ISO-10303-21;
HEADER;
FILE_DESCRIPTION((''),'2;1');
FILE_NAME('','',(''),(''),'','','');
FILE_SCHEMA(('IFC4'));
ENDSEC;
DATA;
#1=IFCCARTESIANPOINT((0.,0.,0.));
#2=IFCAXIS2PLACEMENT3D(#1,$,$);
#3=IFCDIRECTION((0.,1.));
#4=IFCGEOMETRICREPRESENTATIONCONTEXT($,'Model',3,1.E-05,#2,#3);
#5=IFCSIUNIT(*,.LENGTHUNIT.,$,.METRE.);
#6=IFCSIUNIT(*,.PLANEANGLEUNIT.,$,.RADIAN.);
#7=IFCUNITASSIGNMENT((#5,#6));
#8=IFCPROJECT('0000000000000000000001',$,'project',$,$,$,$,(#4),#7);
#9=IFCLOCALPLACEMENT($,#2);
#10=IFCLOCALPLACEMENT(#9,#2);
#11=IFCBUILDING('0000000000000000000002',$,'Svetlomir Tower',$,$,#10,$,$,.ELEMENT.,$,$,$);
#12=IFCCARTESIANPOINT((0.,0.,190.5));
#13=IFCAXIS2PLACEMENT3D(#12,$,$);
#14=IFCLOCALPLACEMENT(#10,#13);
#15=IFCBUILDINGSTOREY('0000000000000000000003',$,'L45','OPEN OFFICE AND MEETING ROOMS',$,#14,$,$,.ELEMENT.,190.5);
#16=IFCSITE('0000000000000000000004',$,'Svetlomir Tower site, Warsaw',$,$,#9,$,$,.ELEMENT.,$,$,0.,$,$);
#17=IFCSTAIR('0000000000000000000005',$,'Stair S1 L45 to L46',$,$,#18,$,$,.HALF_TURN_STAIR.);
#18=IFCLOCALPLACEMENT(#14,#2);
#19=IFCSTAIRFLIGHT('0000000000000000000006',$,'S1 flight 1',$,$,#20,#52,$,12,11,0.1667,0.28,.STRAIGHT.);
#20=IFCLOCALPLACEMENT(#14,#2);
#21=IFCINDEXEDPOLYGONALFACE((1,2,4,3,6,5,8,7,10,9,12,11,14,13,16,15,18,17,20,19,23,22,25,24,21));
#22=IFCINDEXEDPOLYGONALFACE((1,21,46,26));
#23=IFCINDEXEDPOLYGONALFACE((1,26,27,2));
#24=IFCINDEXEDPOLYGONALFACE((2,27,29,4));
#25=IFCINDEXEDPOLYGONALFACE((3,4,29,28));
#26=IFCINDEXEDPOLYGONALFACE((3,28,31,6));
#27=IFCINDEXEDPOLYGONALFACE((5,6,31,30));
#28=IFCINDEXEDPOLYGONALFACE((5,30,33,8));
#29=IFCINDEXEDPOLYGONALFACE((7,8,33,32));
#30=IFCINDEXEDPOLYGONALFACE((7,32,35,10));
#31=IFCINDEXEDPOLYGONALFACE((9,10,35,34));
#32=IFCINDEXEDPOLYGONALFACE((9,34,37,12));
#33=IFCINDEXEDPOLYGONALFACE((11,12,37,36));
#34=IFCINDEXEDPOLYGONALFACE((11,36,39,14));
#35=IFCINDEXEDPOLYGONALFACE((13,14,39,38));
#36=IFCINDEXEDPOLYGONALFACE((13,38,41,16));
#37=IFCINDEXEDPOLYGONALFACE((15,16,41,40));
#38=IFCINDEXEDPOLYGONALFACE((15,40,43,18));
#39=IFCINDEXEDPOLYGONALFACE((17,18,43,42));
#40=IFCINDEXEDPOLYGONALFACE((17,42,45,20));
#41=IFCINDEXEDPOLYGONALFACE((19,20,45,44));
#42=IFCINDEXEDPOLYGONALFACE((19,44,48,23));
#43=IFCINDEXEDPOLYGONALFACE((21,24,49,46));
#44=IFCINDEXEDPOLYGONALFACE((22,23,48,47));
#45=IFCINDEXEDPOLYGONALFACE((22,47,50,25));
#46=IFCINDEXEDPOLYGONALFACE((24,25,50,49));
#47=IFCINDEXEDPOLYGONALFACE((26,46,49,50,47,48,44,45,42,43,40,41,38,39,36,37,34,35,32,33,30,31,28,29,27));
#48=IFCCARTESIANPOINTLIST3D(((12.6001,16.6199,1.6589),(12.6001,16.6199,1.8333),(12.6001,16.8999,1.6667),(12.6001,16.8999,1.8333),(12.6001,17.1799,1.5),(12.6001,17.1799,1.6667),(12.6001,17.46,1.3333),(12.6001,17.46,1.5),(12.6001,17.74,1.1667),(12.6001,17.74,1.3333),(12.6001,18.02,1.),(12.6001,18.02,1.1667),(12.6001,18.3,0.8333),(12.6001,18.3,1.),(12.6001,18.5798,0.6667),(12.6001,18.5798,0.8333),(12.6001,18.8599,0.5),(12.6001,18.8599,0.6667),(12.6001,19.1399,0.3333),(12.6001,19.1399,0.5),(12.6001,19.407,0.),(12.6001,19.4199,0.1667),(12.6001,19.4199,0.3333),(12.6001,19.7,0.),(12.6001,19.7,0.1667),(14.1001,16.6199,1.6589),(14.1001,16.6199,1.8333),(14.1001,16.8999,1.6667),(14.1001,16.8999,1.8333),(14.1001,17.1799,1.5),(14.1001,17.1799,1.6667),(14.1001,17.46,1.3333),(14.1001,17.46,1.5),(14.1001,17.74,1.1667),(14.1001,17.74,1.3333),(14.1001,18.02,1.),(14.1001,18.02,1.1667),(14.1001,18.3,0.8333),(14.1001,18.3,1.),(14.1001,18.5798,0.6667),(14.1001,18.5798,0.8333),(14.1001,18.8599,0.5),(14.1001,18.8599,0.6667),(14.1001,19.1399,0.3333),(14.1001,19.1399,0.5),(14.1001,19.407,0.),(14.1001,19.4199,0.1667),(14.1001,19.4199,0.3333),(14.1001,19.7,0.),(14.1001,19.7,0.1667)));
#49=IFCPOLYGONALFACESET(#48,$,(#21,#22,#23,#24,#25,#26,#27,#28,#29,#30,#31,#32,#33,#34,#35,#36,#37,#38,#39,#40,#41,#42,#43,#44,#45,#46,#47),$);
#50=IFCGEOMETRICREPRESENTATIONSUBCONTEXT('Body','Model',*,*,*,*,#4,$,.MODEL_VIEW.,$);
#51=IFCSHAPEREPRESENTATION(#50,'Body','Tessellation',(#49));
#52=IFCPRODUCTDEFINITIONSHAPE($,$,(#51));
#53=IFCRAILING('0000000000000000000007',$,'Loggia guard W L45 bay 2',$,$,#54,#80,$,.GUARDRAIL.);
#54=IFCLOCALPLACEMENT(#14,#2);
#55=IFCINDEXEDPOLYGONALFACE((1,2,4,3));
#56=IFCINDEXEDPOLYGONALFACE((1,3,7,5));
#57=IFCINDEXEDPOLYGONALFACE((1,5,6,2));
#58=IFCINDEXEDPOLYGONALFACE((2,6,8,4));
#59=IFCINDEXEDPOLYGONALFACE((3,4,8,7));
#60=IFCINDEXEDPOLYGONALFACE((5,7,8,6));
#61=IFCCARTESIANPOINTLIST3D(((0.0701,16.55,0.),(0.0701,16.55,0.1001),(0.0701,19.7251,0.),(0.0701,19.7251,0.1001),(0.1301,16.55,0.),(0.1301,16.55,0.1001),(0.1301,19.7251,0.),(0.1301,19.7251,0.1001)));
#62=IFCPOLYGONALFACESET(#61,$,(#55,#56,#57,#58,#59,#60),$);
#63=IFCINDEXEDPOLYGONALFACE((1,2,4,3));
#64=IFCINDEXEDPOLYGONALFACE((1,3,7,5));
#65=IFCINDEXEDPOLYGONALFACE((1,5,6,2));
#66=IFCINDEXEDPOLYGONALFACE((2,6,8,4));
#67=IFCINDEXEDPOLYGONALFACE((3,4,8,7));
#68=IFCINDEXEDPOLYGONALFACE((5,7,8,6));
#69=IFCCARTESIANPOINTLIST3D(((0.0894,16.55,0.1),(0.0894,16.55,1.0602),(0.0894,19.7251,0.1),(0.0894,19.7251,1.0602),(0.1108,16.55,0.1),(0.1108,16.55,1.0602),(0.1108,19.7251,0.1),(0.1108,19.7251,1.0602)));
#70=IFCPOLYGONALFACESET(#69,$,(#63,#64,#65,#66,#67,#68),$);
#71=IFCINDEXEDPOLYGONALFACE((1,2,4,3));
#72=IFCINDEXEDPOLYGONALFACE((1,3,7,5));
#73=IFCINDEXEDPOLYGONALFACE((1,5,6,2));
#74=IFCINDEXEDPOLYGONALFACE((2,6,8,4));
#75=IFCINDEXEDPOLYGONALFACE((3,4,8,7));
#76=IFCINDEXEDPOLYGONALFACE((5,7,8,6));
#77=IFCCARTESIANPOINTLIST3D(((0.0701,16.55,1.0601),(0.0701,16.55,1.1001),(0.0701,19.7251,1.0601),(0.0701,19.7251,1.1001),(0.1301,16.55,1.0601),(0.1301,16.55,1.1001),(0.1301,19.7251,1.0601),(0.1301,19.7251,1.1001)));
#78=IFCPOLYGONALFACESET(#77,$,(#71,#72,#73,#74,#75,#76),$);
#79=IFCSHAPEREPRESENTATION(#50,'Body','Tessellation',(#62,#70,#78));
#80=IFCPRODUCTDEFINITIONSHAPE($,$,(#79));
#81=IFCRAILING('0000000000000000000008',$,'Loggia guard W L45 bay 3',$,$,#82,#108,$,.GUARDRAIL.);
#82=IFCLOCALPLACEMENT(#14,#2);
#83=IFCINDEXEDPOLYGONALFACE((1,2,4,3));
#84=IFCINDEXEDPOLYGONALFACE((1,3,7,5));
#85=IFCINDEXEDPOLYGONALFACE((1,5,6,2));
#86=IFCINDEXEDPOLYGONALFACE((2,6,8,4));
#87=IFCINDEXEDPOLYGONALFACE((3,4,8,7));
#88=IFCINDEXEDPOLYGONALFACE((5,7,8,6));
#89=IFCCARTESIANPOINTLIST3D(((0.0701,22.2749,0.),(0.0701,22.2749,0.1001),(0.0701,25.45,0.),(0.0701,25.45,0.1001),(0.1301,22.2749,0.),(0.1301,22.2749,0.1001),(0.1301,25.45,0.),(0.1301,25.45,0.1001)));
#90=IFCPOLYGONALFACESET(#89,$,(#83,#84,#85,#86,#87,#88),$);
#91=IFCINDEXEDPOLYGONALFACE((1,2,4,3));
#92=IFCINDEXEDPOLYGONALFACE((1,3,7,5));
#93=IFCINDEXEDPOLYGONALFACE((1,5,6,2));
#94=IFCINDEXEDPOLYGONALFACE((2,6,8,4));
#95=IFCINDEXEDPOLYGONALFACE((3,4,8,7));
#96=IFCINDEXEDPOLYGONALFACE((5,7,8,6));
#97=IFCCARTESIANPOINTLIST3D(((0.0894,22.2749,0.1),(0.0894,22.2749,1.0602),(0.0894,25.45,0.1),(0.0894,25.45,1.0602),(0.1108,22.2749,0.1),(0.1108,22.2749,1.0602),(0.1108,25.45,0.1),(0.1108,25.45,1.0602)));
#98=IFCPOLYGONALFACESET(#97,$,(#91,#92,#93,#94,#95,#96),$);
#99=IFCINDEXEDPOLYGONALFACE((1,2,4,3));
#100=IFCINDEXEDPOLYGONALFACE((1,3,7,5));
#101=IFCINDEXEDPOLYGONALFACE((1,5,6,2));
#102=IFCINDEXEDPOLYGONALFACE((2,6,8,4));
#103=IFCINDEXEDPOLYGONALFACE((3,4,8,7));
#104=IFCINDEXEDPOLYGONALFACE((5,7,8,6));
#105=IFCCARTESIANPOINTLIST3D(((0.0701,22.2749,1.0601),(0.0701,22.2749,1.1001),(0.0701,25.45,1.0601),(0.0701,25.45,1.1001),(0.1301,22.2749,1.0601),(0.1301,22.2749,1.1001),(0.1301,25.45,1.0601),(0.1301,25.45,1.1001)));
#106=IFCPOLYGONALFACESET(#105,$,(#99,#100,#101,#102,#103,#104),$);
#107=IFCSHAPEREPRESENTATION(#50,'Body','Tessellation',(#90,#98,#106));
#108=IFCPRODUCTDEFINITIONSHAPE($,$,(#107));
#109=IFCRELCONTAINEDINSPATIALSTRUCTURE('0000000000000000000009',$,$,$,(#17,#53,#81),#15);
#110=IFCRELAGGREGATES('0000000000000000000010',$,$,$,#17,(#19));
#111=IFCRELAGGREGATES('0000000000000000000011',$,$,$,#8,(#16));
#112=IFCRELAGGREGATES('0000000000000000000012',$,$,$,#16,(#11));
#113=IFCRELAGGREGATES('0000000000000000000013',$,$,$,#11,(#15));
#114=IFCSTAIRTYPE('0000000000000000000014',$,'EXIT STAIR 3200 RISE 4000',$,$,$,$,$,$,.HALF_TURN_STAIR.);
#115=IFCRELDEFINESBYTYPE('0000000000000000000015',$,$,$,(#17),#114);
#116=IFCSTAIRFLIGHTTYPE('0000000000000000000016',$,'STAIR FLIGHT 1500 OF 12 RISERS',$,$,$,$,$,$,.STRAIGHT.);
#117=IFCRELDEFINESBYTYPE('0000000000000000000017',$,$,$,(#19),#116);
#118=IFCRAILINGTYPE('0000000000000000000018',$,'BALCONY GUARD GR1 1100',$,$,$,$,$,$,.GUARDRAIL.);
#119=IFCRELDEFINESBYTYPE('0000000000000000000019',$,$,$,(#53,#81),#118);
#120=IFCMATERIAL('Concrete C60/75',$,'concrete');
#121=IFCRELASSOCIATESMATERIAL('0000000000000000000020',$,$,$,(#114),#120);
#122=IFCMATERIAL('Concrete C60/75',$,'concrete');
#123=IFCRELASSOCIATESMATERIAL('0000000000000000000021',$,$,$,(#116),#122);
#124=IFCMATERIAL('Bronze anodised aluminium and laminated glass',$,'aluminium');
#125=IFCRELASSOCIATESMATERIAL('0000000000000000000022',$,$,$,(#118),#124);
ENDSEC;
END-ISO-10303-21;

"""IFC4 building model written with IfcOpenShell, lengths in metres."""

from ifc_helpers import new_model, si_unit, direction, frame, origin, origin_2d, place, context, subcontext, project, spatial, polyline, rectangle, outline, extrude, material, type_object, element, aggregate, save


model = new_model("IFC4")

# Units and contexts
model_context = context("Model", 3, precision=1e-05, world=origin(), true_north=direction((0.0, 1.0)))
body_context = subcontext(model_context, "Body", "Model", "MODEL_VIEW")
ifc_project = project(units=[si_unit("LENGTHUNIT", "METRE"), si_unit("PLANEANGLEUNIT", "RADIAN")], contexts=[model_context])

# Site, building, storey
site_placement = place(None, origin())
site = spatial("IfcSite", under=ifc_project, at=site_placement, Name="Svetlomir Tower site, Warsaw", CompositionType="ELEMENT", RefElevation=0.0)
building_placement = place(site_placement, origin())
building = spatial("IfcBuilding", under=site, at=building_placement, Name="Svetlomir Tower", CompositionType="ELEMENT")
storey_placement = place(building_placement, frame((0.0, 0.0, 190.5)))
storey = spatial("IfcBuildingStorey", under=building, at=storey_placement, Name="L45", Description="OPEN OFFICE AND MEETING ROOMS", CompositionType="ELEMENT", Elevation=190.5)

# Stair, stair flight
ifc_material_1 = material(Name="Concrete C60/75", Category="concrete")
stair_type = type_object("IfcStairType", Name="EXIT STAIR 3200 RISE 4000", PredefinedType="HALF_TURN_STAIR", material=ifc_material_1)
stair_placement = place(storey_placement, origin())
stair = element("IfcStair", 1, at=stair_placement, inside=storey, type_object=stair_type, Name="Stair S1 L45 to L46", PredefinedType="HALF_TURN_STAIR")
ifc_material_2 = material(Name="Concrete C60/75", Category="concrete")
stair_flight_type = type_object("IfcStairFlightType", Name="STAIR FLIGHT 1500 OF 12 RISERS", PredefinedType="STRAIGHT", material=ifc_material_2)
stair_flight_placement = place(storey_placement, frame((13.3501, 19.7, 0.0), z_axis=(0.0, 0.0, 1.0), x_axis=(0.0, -1.0, 0.0)))
stair_flight = element("IfcStairFlight", 2, at=stair_flight_placement, type_object=stair_flight_type, Name="S1 flight 1", NumberOfRisers=12, NumberOfTreads=11, PredefinedType="STRAIGHT", RiserHeight=0.1667, TreadLength=0.28, context=body_context, shape_type="SweptSolid", body=[
    extrude(outline(polyline([(0.0, 0.0), (0.0, 0.1667), (0.28, 0.1667), (0.28, 0.3333), (0.5601, 0.3333), (0.5601, 0.5), (0.8401, 0.5), (0.8401, 0.6667), (1.1201, 0.6667), (1.1201, 0.8333), (1.3999, 0.8333), (1.3999, 1.0), (1.6799, 1.0), (1.6799, 1.1667), (1.96, 1.1667), (1.96, 1.3333), (2.24, 1.3333), (2.24, 1.5), (2.52, 1.5), (2.52, 1.6667), (2.8, 1.6667), (2.8, 1.8333), (3.0801, 1.8333), (3.0801, 2.0), (3.0801, 1.6589), (0.293, 0.0), (0.0, 0.0)])), frame((0.0, 0.75, 0.0), z_axis=(0.0, -1.0, 0.0), x_axis=(1.0, 0.0, 0.0)), (0.0, 0.0, 1.0), 1.5),
])
aggregate(stair, [stair_flight])

# Railings
ifc_material_3 = material(Name="Bronze anodised aluminium and laminated glass", Category="aluminium")
railing_type_1 = type_object("IfcRailingType", Name="BALCONY GUARD GR1 1100", PredefinedType="GUARDRAIL", material=ifc_material_3)
for number, where, name in (
    (3, (0.1001, 16.55, 0.0), "Loggia guard W L45 bay 2"),
    (4, (0.1001, 22.2749, 0.0), "Loggia guard W L45 bay 3"),
):
    element("IfcRailing", number, at=place(storey_placement, frame(where)), inside=storey, type_object=railing_type_1, Name=name, PredefinedType="GUARDRAIL", context=body_context, shape_type="SweptSolid", body=[
        extrude(rectangle(XDim=0.0601, YDim=0.1001, at=origin_2d()), frame((0.0, 0.0, 0.05), z_axis=(0.0, 1.0, 0.0), x_axis=(-1.0, 0.0, 0.0)), (0.0, 0.0, 1.0), 3.175),
        extrude(rectangle(XDim=0.0215, YDim=0.9602, at=origin_2d()), frame((0.0, 0.0, 0.5801), z_axis=(0.0, 1.0, 0.0), x_axis=(-1.0, 0.0, 0.0)), (0.0, 0.0, 1.0), 3.175),
        extrude(rectangle(XDim=0.0601, YDim=0.04, at=origin_2d()), frame((0.0, 0.0, 1.0801), z_axis=(0.0, 1.0, 0.0), x_axis=(-1.0, 0.0, 0.0)), (0.0, 0.0, 1.0), 3.175),
    ])

save(model, "model.ifc")
